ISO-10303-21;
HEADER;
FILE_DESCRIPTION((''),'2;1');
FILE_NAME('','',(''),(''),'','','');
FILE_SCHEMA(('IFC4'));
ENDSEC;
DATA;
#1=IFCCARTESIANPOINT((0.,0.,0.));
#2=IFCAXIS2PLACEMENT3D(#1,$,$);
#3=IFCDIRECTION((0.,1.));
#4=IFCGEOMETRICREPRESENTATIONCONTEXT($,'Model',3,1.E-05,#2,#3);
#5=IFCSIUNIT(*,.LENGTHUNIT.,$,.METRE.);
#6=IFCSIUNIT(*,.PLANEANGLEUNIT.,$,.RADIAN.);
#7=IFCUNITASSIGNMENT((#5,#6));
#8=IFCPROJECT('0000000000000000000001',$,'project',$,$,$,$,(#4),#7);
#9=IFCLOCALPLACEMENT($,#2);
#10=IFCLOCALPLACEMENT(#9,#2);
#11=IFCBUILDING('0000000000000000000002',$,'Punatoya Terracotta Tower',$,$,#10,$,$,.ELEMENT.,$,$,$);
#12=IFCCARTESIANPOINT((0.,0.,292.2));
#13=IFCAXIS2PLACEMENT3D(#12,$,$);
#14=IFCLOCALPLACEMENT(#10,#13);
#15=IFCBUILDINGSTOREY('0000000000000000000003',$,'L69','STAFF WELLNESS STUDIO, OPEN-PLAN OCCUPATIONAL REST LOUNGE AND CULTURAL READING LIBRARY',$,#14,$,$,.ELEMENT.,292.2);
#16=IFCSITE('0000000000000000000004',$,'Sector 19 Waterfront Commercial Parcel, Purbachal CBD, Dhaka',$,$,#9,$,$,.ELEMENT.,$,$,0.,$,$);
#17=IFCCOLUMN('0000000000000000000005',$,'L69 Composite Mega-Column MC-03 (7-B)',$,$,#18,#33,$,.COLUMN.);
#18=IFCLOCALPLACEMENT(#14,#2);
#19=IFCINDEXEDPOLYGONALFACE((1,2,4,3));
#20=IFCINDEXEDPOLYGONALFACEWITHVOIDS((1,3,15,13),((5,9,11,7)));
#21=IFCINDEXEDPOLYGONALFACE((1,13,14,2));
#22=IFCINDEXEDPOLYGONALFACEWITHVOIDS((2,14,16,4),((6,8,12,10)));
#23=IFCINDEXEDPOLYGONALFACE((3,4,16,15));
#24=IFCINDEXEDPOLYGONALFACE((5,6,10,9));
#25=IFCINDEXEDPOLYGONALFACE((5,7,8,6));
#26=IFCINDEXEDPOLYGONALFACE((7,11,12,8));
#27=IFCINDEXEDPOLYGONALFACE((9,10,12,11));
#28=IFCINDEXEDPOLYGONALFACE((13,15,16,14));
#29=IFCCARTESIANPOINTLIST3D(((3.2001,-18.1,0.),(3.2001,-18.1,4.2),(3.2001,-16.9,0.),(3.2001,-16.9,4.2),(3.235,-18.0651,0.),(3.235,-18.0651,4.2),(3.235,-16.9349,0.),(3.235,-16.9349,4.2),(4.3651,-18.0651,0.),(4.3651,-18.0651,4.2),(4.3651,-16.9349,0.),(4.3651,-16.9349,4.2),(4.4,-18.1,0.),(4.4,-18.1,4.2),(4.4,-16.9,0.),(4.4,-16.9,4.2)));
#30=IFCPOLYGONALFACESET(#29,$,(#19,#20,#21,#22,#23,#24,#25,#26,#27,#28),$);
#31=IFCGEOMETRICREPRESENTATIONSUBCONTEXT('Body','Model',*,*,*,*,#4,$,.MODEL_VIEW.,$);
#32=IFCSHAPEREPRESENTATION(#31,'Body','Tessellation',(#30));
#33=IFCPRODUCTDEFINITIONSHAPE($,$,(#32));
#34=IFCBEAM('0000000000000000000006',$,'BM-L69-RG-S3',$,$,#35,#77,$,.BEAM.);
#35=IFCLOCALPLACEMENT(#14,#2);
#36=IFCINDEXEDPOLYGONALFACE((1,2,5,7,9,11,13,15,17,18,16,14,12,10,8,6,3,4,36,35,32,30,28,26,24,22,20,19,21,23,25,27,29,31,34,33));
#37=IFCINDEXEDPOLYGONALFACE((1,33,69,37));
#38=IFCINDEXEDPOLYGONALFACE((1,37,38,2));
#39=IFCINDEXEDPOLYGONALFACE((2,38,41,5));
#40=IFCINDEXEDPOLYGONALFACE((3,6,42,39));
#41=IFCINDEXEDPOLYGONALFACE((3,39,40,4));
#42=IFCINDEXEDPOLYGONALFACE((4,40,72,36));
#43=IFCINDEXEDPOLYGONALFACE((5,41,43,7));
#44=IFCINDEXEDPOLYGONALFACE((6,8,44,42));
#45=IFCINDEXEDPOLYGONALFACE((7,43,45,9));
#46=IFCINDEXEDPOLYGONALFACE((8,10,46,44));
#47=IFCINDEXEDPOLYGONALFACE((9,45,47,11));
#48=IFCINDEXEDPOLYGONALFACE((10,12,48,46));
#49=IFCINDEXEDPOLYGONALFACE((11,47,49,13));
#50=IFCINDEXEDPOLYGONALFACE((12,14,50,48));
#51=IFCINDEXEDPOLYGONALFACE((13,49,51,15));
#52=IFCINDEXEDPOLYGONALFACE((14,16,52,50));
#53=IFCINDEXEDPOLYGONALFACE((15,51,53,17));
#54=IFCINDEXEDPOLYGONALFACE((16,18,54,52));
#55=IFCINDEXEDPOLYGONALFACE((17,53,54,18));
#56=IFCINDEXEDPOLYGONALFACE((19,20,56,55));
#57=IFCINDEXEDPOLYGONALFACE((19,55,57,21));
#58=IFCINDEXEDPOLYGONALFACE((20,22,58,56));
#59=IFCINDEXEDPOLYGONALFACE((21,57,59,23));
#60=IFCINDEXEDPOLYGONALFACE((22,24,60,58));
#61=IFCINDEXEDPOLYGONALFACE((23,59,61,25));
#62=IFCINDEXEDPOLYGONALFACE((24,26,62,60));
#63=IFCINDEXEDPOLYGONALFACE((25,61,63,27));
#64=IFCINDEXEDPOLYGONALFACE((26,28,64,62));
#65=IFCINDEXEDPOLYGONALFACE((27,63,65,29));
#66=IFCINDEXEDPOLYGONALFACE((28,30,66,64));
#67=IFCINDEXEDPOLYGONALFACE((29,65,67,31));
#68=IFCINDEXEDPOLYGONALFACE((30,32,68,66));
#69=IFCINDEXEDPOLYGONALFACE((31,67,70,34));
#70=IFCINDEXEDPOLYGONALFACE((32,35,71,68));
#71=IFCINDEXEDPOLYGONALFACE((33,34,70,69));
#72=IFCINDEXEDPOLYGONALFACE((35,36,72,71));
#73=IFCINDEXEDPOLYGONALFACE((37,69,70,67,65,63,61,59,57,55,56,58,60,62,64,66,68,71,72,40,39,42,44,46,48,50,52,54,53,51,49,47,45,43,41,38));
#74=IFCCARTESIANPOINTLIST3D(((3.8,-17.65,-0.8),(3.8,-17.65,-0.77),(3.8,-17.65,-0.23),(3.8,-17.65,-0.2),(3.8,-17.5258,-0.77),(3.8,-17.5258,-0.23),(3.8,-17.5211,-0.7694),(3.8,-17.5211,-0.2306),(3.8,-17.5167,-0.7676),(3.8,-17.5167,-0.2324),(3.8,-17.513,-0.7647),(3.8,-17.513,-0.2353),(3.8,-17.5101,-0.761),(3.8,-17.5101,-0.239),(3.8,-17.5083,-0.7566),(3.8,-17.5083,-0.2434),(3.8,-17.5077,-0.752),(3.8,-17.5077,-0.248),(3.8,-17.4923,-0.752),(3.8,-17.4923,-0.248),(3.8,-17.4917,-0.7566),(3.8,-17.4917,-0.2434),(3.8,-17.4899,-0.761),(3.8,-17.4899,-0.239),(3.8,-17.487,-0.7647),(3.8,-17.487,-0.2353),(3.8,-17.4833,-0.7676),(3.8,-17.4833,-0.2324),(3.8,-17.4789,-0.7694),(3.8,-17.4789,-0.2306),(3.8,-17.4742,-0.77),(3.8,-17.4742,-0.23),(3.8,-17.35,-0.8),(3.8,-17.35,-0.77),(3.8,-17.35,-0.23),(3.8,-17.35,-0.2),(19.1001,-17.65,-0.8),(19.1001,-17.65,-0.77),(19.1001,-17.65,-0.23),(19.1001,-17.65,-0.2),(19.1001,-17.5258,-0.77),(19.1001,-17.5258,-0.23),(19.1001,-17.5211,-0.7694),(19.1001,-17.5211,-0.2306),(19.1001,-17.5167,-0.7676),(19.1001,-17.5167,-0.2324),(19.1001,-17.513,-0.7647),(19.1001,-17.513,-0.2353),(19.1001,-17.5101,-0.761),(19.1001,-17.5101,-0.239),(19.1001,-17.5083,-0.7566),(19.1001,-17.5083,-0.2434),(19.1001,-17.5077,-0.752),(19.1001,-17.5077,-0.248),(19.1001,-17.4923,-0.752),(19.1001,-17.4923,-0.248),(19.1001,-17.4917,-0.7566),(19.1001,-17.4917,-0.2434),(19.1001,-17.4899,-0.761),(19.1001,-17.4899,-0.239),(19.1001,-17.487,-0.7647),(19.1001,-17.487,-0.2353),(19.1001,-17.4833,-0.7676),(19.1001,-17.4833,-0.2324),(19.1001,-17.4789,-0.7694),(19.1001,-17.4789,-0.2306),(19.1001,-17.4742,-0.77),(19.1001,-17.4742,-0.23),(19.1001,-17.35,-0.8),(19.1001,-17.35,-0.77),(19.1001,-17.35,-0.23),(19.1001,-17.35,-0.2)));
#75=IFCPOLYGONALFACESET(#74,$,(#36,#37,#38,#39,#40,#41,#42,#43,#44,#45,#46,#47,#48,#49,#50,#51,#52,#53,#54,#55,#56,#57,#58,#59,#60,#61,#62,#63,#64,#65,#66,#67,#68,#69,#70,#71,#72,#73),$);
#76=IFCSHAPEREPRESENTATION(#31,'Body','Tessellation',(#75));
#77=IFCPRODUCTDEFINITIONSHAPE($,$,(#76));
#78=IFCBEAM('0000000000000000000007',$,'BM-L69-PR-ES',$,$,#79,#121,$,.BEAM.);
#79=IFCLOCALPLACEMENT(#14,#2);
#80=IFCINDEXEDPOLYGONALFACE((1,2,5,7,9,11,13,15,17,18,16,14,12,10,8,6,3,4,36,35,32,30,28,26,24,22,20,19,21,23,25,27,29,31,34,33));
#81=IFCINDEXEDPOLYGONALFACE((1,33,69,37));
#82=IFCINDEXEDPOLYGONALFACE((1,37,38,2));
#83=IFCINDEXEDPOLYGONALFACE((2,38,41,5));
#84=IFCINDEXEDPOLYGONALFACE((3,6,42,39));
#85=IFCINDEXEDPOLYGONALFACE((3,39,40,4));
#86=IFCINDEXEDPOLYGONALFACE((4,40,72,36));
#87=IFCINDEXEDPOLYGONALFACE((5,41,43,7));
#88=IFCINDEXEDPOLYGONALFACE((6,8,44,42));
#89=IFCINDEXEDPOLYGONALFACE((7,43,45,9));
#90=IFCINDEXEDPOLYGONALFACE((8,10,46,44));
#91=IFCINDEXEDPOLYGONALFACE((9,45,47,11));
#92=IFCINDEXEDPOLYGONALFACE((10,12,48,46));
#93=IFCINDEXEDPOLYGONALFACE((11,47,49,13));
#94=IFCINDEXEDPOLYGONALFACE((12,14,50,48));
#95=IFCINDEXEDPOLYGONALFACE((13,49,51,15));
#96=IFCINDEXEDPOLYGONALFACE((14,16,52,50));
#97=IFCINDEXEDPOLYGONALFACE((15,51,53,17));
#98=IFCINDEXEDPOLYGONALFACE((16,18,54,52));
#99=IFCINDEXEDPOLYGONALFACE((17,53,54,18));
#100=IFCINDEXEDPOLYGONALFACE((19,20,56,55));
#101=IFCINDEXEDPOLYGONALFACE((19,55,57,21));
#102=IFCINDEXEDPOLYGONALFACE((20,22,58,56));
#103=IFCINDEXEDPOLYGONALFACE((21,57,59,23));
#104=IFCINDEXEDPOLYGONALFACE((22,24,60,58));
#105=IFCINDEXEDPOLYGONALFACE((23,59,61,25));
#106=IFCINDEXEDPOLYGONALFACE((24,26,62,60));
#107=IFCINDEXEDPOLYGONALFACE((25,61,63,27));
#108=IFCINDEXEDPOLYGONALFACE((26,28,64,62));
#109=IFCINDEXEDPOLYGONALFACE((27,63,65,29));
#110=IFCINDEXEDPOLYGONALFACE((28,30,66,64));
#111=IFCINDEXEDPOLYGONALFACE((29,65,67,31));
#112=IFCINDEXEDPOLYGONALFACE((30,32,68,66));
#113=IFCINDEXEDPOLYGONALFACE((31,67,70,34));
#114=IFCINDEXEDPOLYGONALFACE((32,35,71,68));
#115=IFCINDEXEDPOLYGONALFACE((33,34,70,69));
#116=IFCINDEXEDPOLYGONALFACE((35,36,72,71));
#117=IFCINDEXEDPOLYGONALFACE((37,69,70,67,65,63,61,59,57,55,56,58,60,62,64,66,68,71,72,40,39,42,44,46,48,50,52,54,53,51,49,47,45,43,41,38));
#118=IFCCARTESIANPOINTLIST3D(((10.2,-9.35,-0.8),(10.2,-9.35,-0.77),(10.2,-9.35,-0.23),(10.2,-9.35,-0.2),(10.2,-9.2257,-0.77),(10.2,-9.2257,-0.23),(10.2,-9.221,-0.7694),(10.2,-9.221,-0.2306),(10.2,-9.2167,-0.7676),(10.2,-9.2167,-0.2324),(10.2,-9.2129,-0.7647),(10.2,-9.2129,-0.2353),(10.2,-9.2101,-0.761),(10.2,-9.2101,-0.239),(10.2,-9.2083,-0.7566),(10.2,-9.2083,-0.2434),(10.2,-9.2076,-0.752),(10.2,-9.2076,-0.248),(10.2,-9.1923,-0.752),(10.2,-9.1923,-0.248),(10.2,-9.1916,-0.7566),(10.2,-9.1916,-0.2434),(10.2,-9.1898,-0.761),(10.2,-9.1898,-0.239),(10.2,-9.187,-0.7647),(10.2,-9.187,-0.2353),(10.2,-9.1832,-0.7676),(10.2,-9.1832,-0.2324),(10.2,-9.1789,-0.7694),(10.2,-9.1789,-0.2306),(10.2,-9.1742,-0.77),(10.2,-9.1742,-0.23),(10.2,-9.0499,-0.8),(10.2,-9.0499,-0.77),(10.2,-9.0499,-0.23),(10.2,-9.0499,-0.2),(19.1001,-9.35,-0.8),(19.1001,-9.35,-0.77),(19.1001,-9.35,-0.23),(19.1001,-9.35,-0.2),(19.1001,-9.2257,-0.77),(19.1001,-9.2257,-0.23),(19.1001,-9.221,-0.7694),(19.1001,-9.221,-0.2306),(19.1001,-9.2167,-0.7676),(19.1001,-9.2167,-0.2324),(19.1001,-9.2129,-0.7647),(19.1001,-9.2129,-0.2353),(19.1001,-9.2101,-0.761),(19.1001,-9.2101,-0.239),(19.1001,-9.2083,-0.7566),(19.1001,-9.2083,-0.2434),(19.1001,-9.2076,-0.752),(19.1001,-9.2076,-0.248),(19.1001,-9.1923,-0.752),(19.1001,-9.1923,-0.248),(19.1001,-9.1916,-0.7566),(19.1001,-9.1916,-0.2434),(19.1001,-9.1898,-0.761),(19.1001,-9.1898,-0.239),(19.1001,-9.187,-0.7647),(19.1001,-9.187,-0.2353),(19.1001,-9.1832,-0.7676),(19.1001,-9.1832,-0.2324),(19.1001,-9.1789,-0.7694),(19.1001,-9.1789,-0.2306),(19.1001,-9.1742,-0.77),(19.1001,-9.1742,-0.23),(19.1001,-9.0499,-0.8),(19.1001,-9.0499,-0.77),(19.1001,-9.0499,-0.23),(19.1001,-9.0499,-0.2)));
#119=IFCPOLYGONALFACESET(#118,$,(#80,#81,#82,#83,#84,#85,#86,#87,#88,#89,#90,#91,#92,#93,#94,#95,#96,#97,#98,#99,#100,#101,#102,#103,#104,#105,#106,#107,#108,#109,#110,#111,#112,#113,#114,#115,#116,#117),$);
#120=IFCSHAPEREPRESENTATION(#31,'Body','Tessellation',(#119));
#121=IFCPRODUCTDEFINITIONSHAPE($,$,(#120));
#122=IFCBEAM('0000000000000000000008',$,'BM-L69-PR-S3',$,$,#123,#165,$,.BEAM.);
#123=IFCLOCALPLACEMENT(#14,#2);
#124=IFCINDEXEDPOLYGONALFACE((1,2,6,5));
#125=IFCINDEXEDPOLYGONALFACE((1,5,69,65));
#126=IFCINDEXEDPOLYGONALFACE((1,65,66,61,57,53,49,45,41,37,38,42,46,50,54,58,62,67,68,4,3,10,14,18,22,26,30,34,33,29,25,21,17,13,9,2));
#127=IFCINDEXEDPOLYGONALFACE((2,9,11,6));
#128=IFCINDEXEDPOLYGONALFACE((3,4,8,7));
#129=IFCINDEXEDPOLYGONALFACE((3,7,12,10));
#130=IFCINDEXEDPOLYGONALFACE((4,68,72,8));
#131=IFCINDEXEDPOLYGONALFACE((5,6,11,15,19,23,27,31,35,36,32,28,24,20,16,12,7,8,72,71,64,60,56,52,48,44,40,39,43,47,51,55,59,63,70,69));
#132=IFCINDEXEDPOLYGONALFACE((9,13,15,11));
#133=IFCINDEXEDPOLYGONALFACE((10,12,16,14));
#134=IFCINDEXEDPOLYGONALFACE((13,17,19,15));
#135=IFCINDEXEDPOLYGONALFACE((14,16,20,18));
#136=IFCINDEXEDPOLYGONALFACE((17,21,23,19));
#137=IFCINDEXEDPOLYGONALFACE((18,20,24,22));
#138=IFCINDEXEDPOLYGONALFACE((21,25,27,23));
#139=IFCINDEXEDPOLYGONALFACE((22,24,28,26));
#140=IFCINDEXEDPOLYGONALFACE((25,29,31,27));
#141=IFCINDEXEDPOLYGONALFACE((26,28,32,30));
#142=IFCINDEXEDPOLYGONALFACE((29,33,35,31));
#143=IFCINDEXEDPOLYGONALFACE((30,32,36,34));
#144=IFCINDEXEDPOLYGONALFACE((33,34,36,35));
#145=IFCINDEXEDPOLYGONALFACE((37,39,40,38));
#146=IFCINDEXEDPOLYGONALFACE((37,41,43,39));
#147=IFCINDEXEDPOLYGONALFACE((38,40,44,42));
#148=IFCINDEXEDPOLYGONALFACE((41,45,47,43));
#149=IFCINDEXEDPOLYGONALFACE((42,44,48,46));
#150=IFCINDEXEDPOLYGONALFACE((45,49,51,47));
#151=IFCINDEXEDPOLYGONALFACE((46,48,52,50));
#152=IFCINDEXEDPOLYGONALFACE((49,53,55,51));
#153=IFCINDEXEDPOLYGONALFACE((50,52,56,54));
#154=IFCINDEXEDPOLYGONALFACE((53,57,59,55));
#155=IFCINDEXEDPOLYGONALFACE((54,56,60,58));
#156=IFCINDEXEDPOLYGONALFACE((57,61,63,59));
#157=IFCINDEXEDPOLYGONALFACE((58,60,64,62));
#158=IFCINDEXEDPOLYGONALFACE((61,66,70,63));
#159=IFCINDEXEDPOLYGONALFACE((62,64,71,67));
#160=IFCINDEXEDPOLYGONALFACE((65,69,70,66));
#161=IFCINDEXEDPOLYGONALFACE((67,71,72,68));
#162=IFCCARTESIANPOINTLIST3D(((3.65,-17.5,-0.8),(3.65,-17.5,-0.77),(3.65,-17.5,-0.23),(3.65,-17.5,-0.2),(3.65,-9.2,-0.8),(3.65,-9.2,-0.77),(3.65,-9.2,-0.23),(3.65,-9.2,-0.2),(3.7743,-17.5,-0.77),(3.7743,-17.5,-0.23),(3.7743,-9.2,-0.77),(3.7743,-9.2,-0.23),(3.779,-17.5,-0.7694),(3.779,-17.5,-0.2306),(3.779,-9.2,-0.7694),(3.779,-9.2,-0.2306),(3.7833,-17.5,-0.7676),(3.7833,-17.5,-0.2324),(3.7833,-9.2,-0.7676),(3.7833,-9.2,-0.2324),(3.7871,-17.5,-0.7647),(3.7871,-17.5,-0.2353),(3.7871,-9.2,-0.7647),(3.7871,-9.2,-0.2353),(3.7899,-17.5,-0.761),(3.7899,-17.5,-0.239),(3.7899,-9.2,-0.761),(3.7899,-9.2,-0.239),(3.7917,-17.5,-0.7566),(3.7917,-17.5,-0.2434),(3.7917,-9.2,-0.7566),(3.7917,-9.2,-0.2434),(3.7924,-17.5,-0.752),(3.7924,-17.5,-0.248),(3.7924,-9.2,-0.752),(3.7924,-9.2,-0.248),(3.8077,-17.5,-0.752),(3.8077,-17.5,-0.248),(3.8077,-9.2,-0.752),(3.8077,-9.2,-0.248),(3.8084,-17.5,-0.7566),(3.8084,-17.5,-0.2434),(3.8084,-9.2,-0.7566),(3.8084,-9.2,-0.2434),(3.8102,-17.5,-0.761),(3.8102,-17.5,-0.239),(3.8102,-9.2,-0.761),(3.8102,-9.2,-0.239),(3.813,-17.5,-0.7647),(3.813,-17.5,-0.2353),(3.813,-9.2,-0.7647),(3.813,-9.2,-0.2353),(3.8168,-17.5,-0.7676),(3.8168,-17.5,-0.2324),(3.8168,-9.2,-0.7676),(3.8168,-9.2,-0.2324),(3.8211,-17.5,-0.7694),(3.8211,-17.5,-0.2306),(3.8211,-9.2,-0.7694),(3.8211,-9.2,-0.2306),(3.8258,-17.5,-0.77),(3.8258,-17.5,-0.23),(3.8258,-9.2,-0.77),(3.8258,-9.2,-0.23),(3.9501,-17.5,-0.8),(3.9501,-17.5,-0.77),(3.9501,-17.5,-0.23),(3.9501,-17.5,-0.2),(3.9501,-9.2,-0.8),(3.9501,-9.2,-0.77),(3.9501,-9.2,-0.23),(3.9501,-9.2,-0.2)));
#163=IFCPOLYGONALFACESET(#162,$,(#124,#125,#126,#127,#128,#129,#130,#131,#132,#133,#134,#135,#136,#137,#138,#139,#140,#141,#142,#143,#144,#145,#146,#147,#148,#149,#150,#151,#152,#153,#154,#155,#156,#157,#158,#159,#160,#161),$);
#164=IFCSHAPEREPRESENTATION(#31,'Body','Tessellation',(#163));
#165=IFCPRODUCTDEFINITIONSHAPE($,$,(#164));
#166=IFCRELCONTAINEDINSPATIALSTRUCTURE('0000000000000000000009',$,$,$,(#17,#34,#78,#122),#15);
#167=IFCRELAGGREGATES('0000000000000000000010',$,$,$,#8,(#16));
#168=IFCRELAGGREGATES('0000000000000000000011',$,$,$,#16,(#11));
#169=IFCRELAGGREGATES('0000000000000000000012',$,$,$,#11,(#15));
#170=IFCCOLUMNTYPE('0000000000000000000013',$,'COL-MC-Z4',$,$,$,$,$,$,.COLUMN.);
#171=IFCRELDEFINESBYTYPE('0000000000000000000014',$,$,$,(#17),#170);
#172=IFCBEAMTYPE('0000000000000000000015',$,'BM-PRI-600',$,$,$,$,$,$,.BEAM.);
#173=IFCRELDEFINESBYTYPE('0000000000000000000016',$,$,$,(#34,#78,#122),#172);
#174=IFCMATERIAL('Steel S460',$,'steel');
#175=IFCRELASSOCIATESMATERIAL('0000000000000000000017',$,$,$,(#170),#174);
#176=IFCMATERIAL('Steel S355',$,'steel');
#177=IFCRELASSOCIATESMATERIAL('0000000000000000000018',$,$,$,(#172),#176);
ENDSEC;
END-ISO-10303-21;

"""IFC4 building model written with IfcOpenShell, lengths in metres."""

from ifc_helpers import new_model, si_unit, direction, frame, origin, origin_2d, place, context, subcontext, project, spatial, hollow_rectangle, i_section, extrude, material, material_profile, profile_set, type_object, element, save


model = new_model("IFC4")

# Units and contexts
model_context = context("Model", 3, precision=1e-05, world=origin(), true_north=direction((0.0, 1.0)))
body_context = subcontext(model_context, "Body", "Model", "MODEL_VIEW")
ifc_project = project(units=[si_unit("LENGTHUNIT", "METRE"), si_unit("PLANEANGLEUNIT", "RADIAN")], contexts=[model_context])

# Site, building, storey
site_placement = place(None, origin())
site = spatial("IfcSite", under=ifc_project, at=site_placement, Name="Sector 19 Waterfront Commercial Parcel, Purbachal CBD, Dhaka", CompositionType="ELEMENT", RefElevation=0.0)
building_placement = place(site_placement, origin())
building = spatial("IfcBuilding", under=site, at=building_placement, Name="Punatoya Terracotta Tower", CompositionType="ELEMENT")
storey_placement = place(building_placement, frame((0.0, 0.0, 292.2)))
storey = spatial("IfcBuildingStorey", under=building, at=storey_placement, Name="L69", Description="STAFF WELLNESS STUDIO, OPEN-PLAN OCCUPATIONAL REST LOUNGE AND CULTURAL READING LIBRARY", CompositionType="ELEMENT", Elevation=292.2)

# Column
ifc_material_1 = material(Name="Steel S460", Category="steel")
ifc_material_profile_1 = material_profile(ifc_material_1, hollow_rectangle(XDim=1.2, YDim=1.2, WallThickness=0.0349, at=origin_2d()))
ifc_profile_set_1 = profile_set([ifc_material_profile_1], Name="Steel S460")
column_type = type_object("IfcColumnType", Name="COL-MC-Z4", PredefinedType="COLUMN", material=ifc_profile_set_1)
column_placement = place(storey_placement, frame((3.8, -17.5, 0.0), z_axis=(0.0, 0.0, 1.0), x_axis=(1.0, 0.0, 0.0)))
element("IfcColumn", 1, at=column_placement, inside=storey, type_object=column_type, Name="L69 Composite Mega-Column MC-03 (7-B)", PredefinedType="COLUMN", context=body_context, shape_type="SweptSolid", body=[
    extrude(hollow_rectangle(XDim=1.2, YDim=1.2, WallThickness=0.0349, at=origin_2d()), origin(), (0.0, 0.0, 1.0), 4.2),
])

# Beams
ifc_material_2 = material(Name="Steel S355", Category="steel")
ifc_material_profile_2 = material_profile(ifc_material_2, i_section(OverallWidth=0.3, OverallDepth=0.6001, WebThickness=0.0154, FlangeThickness=0.03, FilletRadius=0.0181, at=origin_2d()))
ifc_profile_set_2 = profile_set([ifc_material_profile_2], Name="Steel S355")
beam_type_1 = type_object("IfcBeamType", Name="BM-PRI-600", PredefinedType="BEAM", material=ifc_profile_set_2)
beam_1_placement = place(storey_placement, frame((3.8, -17.5, -0.5), z_axis=(1.0, 0.0, 0.0), x_axis=(0.0, 1.0, 0.0)))
element("IfcBeam", 2, at=beam_1_placement, inside=storey, type_object=beam_type_1, Name="BM-L69-RG-S3", PredefinedType="BEAM", context=body_context, shape_type="SweptSolid", body=[
    extrude(i_section(OverallWidth=0.3, OverallDepth=0.6001, WebThickness=0.0154, FlangeThickness=0.03, FilletRadius=0.0181, at=origin_2d()), origin(), (0.0, 0.0, 1.0), 15.3),
])
beam_2_placement = place(storey_placement, frame((10.2, -9.2, -0.5), z_axis=(1.0, 0.0, 0.0), x_axis=(0.0, 1.0, 0.0)))
element("IfcBeam", 3, at=beam_2_placement, inside=storey, type_object=beam_type_1, Name="BM-L69-PR-ES", PredefinedType="BEAM", context=body_context, shape_type="SweptSolid", body=[
    extrude(i_section(OverallWidth=0.3, OverallDepth=0.6001, WebThickness=0.0154, FlangeThickness=0.03, FilletRadius=0.0181, at=origin_2d()), origin(), (0.0, 0.0, 1.0), 8.9001),
])
for number, where, z_axis, x_axis, name in (
    (4, (3.8, -17.5, -0.5), (0.0, 1.0, 0.0), (-1.0, 0.0, 0.0), "BM-L69-PR-S3"),
):
    element("IfcBeam", number, at=place(storey_placement, frame(where, z_axis=z_axis, x_axis=x_axis)), inside=storey, type_object=beam_type_1, Name=name, PredefinedType="BEAM", context=body_context, shape_type="SweptSolid", body=[
        extrude(i_section(OverallWidth=0.3, OverallDepth=0.6001, WebThickness=0.0154, FlangeThickness=0.03, FilletRadius=0.0181, at=origin_2d()), origin(), (0.0, 0.0, 1.0), 8.3),
    ])

save(model, "model.ifc")
